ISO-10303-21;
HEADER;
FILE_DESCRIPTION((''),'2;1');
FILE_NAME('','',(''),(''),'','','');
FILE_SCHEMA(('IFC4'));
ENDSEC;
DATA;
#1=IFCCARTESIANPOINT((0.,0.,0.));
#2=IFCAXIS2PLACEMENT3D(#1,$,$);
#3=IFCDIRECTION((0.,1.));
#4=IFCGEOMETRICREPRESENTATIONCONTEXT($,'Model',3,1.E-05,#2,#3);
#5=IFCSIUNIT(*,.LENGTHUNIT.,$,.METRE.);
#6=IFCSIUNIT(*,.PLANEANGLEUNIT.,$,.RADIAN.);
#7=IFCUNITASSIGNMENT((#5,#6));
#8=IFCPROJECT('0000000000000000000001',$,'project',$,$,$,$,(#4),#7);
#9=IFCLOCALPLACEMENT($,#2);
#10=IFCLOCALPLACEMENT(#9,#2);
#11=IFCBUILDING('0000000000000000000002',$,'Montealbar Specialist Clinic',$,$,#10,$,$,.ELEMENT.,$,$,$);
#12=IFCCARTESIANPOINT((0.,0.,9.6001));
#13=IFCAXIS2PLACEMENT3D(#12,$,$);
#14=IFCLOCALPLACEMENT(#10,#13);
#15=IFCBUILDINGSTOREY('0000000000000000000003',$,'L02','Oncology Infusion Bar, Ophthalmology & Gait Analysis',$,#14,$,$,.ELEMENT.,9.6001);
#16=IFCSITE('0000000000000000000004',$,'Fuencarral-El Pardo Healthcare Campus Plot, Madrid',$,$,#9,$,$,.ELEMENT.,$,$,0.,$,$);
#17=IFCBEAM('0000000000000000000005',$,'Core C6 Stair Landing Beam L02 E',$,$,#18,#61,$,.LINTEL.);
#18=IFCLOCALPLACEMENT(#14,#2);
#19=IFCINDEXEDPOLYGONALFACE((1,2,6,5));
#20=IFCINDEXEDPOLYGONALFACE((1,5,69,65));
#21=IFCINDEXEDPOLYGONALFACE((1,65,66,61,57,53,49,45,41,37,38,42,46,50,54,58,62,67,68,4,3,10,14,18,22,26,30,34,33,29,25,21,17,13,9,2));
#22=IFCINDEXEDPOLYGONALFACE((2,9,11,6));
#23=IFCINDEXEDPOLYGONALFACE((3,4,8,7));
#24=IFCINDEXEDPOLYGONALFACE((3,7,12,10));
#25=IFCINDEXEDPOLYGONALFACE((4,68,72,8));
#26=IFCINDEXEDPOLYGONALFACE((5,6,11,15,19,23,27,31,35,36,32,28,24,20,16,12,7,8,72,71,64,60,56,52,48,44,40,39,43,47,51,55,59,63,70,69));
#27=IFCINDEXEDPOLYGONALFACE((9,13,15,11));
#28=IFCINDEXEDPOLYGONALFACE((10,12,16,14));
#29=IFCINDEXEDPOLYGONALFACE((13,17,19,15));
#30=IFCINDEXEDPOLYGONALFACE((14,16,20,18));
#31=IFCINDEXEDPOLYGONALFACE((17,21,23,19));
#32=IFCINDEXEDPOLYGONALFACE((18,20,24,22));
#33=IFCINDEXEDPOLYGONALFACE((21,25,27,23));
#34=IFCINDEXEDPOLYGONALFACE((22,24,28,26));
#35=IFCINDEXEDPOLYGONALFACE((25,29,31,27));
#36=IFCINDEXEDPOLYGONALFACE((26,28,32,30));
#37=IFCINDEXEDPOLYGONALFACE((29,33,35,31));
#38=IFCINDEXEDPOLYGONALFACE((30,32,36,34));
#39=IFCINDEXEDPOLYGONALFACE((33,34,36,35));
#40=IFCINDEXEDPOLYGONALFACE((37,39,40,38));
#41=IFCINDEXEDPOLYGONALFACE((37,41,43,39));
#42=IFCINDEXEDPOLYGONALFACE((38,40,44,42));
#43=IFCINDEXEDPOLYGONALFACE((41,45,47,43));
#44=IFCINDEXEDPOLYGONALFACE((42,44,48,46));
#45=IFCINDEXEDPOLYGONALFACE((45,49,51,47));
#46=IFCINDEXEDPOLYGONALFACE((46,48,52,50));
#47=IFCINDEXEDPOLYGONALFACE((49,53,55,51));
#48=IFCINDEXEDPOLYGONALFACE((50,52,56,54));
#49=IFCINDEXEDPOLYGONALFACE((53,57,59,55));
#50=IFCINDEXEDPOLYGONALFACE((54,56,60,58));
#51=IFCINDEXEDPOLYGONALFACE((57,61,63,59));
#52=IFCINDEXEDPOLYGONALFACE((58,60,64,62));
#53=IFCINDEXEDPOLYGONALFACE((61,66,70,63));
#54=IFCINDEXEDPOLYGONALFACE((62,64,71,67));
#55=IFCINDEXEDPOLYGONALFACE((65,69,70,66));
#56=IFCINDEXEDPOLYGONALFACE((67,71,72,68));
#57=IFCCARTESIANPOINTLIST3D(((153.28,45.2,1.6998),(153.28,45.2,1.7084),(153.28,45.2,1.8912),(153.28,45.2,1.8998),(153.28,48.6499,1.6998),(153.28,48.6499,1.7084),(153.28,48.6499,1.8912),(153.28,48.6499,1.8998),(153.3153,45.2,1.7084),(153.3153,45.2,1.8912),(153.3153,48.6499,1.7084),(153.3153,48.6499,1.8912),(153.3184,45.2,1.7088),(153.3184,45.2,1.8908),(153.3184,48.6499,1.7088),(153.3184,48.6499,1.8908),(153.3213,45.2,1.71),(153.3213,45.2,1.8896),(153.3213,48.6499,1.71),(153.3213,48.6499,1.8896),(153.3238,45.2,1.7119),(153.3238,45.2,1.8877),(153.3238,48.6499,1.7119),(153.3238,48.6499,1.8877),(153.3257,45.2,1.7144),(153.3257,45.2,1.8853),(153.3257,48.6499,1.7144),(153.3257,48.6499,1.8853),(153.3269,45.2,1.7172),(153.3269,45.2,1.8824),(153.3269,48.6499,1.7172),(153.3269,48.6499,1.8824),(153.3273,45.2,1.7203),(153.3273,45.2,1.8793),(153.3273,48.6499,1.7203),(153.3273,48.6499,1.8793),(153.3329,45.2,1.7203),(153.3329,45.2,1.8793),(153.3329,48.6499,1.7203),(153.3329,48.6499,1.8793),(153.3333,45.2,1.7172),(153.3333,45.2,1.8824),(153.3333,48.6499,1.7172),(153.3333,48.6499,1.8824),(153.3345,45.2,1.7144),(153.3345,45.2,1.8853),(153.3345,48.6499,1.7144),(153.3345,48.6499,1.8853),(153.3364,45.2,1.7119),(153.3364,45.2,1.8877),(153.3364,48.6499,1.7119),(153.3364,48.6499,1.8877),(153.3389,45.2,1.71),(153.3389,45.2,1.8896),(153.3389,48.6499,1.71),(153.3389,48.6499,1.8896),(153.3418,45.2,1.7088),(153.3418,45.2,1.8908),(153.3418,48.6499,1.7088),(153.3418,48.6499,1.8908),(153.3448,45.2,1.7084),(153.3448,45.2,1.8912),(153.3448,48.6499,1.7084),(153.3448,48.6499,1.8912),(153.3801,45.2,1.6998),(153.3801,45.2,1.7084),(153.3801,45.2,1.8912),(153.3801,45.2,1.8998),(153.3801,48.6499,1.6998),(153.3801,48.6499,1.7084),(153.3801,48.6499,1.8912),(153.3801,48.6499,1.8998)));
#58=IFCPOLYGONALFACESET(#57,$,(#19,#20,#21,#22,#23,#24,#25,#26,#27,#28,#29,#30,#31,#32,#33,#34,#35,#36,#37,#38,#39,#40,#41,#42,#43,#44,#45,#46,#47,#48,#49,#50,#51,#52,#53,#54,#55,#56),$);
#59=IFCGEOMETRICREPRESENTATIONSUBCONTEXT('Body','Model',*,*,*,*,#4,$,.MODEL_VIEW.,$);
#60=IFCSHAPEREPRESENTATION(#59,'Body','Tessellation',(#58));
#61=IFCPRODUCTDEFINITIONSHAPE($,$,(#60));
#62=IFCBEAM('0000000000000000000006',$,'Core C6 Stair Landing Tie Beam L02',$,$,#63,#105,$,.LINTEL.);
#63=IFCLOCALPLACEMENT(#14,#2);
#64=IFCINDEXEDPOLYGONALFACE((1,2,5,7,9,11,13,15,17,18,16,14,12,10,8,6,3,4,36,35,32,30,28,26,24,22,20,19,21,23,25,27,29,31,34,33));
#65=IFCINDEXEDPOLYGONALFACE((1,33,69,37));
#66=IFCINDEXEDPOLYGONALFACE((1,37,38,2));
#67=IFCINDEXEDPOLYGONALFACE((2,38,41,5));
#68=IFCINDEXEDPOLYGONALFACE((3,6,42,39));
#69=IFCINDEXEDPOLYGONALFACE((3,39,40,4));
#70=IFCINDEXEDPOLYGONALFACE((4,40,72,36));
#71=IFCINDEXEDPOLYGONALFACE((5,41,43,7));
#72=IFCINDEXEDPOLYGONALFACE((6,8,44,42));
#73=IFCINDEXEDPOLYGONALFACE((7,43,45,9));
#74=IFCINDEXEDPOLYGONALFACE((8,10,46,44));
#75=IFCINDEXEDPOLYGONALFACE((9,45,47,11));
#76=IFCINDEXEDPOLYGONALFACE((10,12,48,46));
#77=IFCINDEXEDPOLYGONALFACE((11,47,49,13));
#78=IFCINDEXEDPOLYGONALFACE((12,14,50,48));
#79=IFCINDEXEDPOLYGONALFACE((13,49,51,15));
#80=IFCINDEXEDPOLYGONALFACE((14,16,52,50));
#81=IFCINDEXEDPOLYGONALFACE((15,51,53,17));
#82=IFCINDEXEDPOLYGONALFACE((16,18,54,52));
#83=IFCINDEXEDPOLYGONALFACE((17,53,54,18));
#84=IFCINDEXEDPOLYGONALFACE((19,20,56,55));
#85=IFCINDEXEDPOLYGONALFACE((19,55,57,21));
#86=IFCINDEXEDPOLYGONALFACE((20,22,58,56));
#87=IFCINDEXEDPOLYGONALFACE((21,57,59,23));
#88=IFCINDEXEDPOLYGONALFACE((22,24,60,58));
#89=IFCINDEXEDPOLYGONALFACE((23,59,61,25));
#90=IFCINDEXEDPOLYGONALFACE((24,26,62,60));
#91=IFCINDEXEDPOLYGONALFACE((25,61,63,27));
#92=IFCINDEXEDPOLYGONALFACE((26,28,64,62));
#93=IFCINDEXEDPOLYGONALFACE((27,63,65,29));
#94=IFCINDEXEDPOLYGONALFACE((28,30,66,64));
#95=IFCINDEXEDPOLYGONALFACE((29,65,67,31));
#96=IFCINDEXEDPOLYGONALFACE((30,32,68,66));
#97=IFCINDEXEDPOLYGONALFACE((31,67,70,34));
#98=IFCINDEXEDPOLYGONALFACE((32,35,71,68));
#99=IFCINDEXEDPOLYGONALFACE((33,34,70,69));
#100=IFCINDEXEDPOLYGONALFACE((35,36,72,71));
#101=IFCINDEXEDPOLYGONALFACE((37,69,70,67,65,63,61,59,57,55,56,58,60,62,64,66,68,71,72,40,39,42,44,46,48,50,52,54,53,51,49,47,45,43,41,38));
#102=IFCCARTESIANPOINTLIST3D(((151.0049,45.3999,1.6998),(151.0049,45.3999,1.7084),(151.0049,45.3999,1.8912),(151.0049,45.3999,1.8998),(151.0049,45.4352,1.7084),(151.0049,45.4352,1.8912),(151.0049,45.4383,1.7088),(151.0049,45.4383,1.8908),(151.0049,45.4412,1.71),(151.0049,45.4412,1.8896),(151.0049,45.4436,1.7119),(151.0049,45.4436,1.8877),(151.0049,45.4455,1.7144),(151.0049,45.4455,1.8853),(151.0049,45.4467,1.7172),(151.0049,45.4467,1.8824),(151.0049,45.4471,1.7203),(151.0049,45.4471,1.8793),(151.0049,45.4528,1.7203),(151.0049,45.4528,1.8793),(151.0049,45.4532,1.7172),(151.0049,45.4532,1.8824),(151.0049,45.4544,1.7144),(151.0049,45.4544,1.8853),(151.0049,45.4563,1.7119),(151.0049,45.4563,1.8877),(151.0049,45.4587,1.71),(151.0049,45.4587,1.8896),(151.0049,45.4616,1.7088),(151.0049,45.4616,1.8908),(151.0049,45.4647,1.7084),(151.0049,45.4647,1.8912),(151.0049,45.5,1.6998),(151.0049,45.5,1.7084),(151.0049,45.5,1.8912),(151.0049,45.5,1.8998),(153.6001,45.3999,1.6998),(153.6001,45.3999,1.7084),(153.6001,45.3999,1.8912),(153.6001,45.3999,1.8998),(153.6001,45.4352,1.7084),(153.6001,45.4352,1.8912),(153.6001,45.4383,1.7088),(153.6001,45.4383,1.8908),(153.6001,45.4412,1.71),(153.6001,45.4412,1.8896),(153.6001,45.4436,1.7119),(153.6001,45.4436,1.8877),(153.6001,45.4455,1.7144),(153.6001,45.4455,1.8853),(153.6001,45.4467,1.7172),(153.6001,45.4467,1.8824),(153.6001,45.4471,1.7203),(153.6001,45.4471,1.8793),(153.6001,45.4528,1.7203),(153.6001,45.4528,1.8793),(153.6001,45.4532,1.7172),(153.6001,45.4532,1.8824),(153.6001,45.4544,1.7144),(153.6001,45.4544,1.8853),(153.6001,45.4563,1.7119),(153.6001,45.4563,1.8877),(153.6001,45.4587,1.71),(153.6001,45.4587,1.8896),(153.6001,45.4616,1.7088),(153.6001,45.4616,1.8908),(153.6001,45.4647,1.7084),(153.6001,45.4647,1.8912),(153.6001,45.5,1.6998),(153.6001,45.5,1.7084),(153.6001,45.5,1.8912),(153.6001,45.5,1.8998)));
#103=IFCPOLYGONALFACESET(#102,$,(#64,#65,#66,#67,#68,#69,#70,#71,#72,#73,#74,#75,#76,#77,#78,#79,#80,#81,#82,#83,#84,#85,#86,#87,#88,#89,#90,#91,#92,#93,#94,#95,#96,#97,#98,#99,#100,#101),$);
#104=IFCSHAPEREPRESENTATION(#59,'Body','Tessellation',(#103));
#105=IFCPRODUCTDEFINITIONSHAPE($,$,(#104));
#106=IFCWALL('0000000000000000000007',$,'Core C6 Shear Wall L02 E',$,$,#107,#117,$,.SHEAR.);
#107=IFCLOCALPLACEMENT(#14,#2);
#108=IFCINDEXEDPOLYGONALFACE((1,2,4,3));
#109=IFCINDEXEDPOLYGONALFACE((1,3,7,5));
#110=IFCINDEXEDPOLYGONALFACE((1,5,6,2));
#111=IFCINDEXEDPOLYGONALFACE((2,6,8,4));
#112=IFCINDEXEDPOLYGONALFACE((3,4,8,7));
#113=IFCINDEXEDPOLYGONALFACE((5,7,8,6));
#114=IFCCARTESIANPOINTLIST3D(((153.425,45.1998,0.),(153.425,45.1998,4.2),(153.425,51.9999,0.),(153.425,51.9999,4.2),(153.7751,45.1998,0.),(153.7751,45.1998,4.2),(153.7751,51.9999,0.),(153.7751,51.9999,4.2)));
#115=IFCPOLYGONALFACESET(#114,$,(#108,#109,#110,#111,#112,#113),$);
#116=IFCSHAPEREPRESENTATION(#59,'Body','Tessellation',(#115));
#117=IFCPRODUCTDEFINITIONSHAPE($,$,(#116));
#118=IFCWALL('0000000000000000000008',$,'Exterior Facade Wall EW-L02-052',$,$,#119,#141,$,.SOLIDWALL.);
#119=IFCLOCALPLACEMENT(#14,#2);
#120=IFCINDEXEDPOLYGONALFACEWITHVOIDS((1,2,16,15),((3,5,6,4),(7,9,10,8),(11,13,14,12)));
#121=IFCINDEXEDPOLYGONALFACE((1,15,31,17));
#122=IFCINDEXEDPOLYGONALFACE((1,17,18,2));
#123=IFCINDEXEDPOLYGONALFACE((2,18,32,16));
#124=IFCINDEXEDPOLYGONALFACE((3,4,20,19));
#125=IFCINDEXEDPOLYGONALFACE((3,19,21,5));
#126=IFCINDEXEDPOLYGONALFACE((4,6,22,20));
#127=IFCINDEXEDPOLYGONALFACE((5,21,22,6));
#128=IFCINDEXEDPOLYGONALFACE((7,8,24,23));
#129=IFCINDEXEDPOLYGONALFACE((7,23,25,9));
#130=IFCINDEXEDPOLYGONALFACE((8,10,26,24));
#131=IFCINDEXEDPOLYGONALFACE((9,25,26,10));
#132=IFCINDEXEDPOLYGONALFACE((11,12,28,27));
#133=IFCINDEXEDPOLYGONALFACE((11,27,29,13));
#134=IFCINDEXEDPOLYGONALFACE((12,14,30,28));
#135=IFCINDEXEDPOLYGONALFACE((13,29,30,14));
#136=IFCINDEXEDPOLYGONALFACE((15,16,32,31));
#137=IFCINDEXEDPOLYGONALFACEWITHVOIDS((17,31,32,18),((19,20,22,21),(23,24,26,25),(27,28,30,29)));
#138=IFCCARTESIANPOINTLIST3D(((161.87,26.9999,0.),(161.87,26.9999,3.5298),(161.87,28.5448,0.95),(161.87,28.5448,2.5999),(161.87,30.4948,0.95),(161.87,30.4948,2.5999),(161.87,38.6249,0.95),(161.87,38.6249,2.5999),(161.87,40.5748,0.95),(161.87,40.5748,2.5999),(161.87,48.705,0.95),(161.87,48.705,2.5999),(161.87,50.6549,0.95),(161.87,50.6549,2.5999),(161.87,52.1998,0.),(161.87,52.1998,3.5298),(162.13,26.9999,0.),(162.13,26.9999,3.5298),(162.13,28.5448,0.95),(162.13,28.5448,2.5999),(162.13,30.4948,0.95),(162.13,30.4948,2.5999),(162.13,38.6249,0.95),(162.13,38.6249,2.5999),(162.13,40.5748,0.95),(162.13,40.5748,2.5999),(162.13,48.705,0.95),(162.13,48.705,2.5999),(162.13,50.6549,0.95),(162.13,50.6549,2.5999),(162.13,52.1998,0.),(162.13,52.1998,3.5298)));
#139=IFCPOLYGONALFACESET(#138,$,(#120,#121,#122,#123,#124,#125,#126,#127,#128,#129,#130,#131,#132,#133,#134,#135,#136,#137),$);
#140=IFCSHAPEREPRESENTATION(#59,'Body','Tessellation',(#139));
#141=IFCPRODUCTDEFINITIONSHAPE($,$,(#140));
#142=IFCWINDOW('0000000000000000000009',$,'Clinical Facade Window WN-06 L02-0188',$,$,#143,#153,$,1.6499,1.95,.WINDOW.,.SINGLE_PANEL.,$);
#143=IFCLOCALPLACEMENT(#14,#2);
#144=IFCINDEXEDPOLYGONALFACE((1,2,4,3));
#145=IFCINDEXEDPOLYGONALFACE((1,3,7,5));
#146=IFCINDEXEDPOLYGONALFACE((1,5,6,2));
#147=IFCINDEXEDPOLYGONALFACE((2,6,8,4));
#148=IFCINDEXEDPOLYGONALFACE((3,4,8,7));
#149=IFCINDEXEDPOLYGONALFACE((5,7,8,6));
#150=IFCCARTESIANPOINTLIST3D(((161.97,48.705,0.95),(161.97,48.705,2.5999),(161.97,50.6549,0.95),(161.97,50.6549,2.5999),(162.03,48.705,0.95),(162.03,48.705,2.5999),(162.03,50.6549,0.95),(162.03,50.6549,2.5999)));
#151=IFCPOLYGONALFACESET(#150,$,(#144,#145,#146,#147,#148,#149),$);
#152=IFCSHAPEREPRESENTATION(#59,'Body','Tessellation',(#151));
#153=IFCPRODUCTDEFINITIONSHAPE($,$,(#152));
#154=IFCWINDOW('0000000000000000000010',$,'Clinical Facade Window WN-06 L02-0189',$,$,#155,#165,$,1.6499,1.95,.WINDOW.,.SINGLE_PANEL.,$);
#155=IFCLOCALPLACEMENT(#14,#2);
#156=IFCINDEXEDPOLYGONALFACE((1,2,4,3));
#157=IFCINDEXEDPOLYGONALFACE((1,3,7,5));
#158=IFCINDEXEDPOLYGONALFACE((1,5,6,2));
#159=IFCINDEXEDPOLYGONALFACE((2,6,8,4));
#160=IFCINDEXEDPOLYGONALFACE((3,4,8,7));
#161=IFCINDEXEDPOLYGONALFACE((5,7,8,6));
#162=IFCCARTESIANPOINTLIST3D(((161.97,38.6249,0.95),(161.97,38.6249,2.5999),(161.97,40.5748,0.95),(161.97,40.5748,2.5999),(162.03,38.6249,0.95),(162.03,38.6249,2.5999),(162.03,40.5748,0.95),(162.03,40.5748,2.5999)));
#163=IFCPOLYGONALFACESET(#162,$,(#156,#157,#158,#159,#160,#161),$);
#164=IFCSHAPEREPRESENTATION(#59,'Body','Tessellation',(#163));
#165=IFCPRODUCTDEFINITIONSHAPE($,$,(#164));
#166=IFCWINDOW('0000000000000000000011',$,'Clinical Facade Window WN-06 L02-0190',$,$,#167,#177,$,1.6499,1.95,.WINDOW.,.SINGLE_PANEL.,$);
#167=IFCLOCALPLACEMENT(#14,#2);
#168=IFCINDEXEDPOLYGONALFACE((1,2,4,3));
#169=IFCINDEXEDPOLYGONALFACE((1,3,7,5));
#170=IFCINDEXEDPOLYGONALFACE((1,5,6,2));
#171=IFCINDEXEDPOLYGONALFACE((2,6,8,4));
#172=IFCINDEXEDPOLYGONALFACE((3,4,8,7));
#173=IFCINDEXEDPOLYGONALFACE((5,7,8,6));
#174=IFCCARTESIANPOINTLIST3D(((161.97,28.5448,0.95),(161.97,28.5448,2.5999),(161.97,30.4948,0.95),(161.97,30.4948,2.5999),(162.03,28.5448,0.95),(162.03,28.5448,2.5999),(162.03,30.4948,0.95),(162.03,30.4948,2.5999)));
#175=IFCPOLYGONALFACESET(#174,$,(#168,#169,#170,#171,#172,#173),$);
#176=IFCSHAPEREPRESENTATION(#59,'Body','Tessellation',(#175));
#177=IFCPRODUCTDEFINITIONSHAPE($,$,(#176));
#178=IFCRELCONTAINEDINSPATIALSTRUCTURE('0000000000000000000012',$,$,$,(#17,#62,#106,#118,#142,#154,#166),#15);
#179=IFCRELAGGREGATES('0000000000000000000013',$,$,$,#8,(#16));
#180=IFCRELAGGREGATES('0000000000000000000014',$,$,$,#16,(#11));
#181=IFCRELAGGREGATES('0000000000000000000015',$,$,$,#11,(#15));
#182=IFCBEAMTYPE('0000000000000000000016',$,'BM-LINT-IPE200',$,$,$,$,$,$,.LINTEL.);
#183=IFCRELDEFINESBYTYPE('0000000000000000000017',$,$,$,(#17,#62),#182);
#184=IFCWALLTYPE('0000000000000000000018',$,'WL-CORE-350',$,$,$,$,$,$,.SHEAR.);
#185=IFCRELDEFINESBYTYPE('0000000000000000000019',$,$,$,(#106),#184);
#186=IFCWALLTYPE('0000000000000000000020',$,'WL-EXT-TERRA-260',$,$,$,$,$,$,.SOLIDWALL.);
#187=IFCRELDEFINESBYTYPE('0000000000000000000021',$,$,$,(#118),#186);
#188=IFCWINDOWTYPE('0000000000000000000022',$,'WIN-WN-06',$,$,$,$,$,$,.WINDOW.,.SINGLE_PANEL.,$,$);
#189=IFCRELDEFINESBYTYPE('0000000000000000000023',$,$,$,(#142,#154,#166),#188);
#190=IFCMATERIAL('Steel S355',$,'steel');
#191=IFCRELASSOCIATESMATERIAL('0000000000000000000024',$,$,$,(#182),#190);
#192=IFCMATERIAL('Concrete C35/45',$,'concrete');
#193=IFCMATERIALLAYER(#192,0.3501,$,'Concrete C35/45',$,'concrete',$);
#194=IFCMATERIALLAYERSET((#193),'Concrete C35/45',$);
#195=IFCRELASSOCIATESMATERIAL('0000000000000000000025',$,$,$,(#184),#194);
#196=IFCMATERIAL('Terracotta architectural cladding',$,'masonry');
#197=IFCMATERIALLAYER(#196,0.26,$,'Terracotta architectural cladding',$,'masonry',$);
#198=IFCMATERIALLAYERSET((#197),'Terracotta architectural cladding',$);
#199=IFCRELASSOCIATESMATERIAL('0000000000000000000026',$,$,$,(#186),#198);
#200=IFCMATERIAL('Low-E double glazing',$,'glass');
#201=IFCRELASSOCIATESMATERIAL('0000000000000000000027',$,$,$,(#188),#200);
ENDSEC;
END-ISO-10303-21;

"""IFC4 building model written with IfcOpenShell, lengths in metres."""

from ifc_helpers import new_model, si_unit, direction, frame, frame_2d, origin, origin_2d, place, context, subcontext, project, spatial, rectangle, i_section, extrude, material, layer, layer_set, material_profile, profile_set, type_object, element, fill, save


model = new_model("IFC4")

# Units and contexts
model_context = context("Model", 3, precision=1e-05, world=origin(), true_north=direction((0.0, 1.0)))
body_context = subcontext(model_context, "Body", "Model", "MODEL_VIEW")
ifc_project = project(units=[si_unit("LENGTHUNIT", "METRE"), si_unit("PLANEANGLEUNIT", "RADIAN")], contexts=[model_context])

# Site, building, storey
site_placement = place(None, origin())
site = spatial("IfcSite", under=ifc_project, at=site_placement, Name="Fuencarral-El Pardo Healthcare Campus Plot, Madrid", CompositionType="ELEMENT", RefElevation=0.0)
building_placement = place(site_placement, origin())
building = spatial("IfcBuilding", under=site, at=building_placement, Name="Montealbar Specialist Clinic", CompositionType="ELEMENT")
storey_placement = place(building_placement, frame((0.0, 0.0, 9.6001)))
storey = spatial("IfcBuildingStorey", under=building, at=storey_placement, Name="L02", Description="Oncology Infusion Bar, Ophthalmology & Gait Analysis", CompositionType="ELEMENT", Elevation=9.6001)

# Shared definitions
ifc_material_1 = material(Name="Steel S355", Category="steel")

# Beams
ifc_material_profile_1 = material_profile(ifc_material_1, i_section(OverallWidth=0.1001, OverallDepth=0.2, WebThickness=0.0056, FlangeThickness=0.0085, FilletRadius=0.012, at=origin_2d()), Name="IPE 200", Category="steel")
ifc_profile_set_1 = profile_set([ifc_material_profile_1], Name="Steel S355")
beam_type_1 = type_object("IfcBeamType", Name="BM-LINT-IPE200", PredefinedType="LINTEL", material=ifc_profile_set_1)
for number, where, z_axis, x_axis, name in (
    (1, (153.3301, 45.2, 1.7998), (0.0, 1.0, 0.0), (-1.0, 0.0, 0.0), "Core C6 Stair Landing Beam L02 E"),
):
    element("IfcBeam", number, at=place(storey_placement, frame(where, z_axis=z_axis, x_axis=x_axis)), inside=storey, type_object=beam_type_1, Name=name, PredefinedType="LINTEL", context=body_context, shape_type="SweptSolid", body=[
        extrude(i_section(OverallWidth=0.1001, OverallDepth=0.2, WebThickness=0.0056, FlangeThickness=0.0085, FilletRadius=0.012, at=origin_2d()), origin(), (0.0, 0.0, 1.0), 3.45),
    ])
beam_1_placement = place(storey_placement, frame((151.0049, 45.45, 1.7998), z_axis=(1.0, 0.0, 0.0), x_axis=(0.0, 1.0, 0.0)))
element("IfcBeam", 2, at=beam_1_placement, inside=storey, type_object=beam_type_1, Name="Core C6 Stair Landing Tie Beam L02", PredefinedType="LINTEL", context=body_context, shape_type="SweptSolid", body=[
    extrude(i_section(OverallWidth=0.1001, OverallDepth=0.2, WebThickness=0.0056, FlangeThickness=0.0085, FilletRadius=0.012, at=origin_2d()), origin(), (0.0, 0.0, 1.0), 2.5952),
])

# Wall
ifc_material_2 = material(Name="Concrete C35/45", Category="concrete")
ifc_layer_1 = layer(ifc_material_2, 0.3501, Name="Concrete C35/45", Category="concrete")
ifc_layer_set_1 = layer_set([ifc_layer_1], Name="Concrete C35/45")
wall_type_1 = type_object("IfcWallType", Name="WL-CORE-350", PredefinedType="SHEAR", material=ifc_layer_set_1)
wall_1_placement = place(storey_placement, frame((153.6001, 45.2, 0.0), z_axis=(0.0, 0.0, 1.0), x_axis=(0.0, 1.0, 0.0)))
element("IfcWall", 3, at=wall_1_placement, inside=storey, type_object=wall_type_1, Name="Core C6 Shear Wall L02 E", PredefinedType="SHEAR", context=body_context, shape_type="SweptSolid", body=[
    extrude(rectangle(XDim=6.8, YDim=0.3501, at=frame_2d((3.3999, 0.0))), origin(), (0.0, 0.0, 1.0), 4.2),
])

# Wall, openings, windows
ifc_material_3 = material(Name="Terracotta architectural cladding", Category="masonry")
ifc_layer_2 = layer(ifc_material_3, 0.26, Name="Terracotta architectural cladding", Category="masonry")
ifc_layer_set_2 = layer_set([ifc_layer_2], Name="Terracotta architectural cladding")
wall_type_2 = type_object("IfcWallType", Name="WL-EXT-TERRA-260", PredefinedType="SOLIDWALL", material=ifc_layer_set_2)
wall_2_placement = place(storey_placement, frame((162.0, 52.2, 0.0), z_axis=(0.0, 0.0, 1.0), x_axis=(0.0, -1.0, 0.0)))
wall_2 = element("IfcWall", 4, at=wall_2_placement, inside=storey, type_object=wall_type_2, Name="Exterior Facade Wall EW-L02-052", PredefinedType="SOLIDWALL", context=body_context, shape_type="SweptSolid", body=[
    extrude(rectangle(XDim=25.2, YDim=0.26, at=frame_2d((12.6001, 0.0))), origin(), (0.0, 0.0, 1.0), 3.5298),
])
opening_1_placement = place(wall_2_placement, frame((1.5449, 0.0, 0.95)))
opening_1 = element("IfcOpeningElement", 5, at=opening_1_placement, cuts=wall_2, PredefinedType="OPENING", context=body_context, shape_type="SweptSolid", body=[
    extrude(rectangle(XDim=1.95, YDim=1.6499, at=frame_2d((0.9751, 0.825))), frame((0.0, 0.1399, 0.0), z_axis=(0.0, -1.0, 0.0), x_axis=(1.0, 0.0, 0.0)), (0.0, 0.0, 1.0), 0.28),
])
opening_2_placement = place(wall_2_placement, frame((11.625, 0.0, 0.95)))
opening_2 = element("IfcOpeningElement", 6, at=opening_2_placement, cuts=wall_2, PredefinedType="OPENING", context=body_context, shape_type="SweptSolid", body=[
    extrude(rectangle(XDim=1.95, YDim=1.6499, at=frame_2d((0.9751, 0.825))), frame((0.0, 0.1399, 0.0), z_axis=(0.0, -1.0, 0.0), x_axis=(1.0, 0.0, 0.0)), (0.0, 0.0, 1.0), 0.28),
])
opening_3_placement = place(wall_2_placement, frame((21.7051, 0.0, 0.95)))
opening_3 = element("IfcOpeningElement", 7, at=opening_3_placement, cuts=wall_2, PredefinedType="OPENING", context=body_context, shape_type="SweptSolid", body=[
    extrude(rectangle(XDim=1.95, YDim=1.6499, at=frame_2d((0.9751, 0.825))), frame((0.0, 0.1399, 0.0), z_axis=(0.0, -1.0, 0.0), x_axis=(1.0, 0.0, 0.0)), (0.0, 0.0, 1.0), 0.28),
])
ifc_material_4 = material(Name="Low-E double glazing", Category="glass")
window_type = type_object("IfcWindowType", Name="WIN-WN-06", PartitioningType="SINGLE_PANEL", PredefinedType="WINDOW", material=ifc_material_4)
window_1_placement = place(opening_1_placement, origin())
window_1 = element("IfcWindow", 8, at=window_1_placement, inside=storey, type_object=window_type, Name="Clinical Facade Window WN-06 L02-0188", OverallHeight=1.6499, OverallWidth=1.95, PartitioningType="SINGLE_PANEL", PredefinedType="WINDOW", context=body_context, shape_type="SweptSolid", body=[
    extrude(rectangle(XDim=1.95, YDim=1.6499, at=frame_2d((0.9751, 0.825))), frame((0.0, 0.03, 0.0), z_axis=(0.0, -1.0, 0.0), x_axis=(1.0, 0.0, 0.0)), (0.0, 0.0, 1.0), 0.0601),
])
fill(opening_1, window_1)
window_2_placement = place(opening_2_placement, origin())
window_2 = element("IfcWindow", 9, at=window_2_placement, inside=storey, type_object=window_type, Name="Clinical Facade Window WN-06 L02-0189", OverallHeight=1.6499, OverallWidth=1.95, PartitioningType="SINGLE_PANEL", PredefinedType="WINDOW", context=body_context, shape_type="SweptSolid", body=[
    extrude(rectangle(XDim=1.95, YDim=1.6499, at=frame_2d((0.9751, 0.825))), frame((0.0, 0.03, 0.0), z_axis=(0.0, -1.0, 0.0), x_axis=(1.0, 0.0, 0.0)), (0.0, 0.0, 1.0), 0.0601),
])
fill(opening_2, window_2)
window_3_placement = place(opening_3_placement, origin())
window_3 = element("IfcWindow", 10, at=window_3_placement, inside=storey, type_object=window_type, Name="Clinical Facade Window WN-06 L02-0190", OverallHeight=1.6499, OverallWidth=1.95, PartitioningType="SINGLE_PANEL", PredefinedType="WINDOW", context=body_context, shape_type="SweptSolid", body=[
    extrude(rectangle(XDim=1.95, YDim=1.6499, at=frame_2d((0.9751, 0.825))), frame((0.0, 0.03, 0.0), z_axis=(0.0, -1.0, 0.0), x_axis=(1.0, 0.0, 0.0)), (0.0, 0.0, 1.0), 0.0601),
])
fill(opening_3, window_3)

save(model, "model.ifc")
